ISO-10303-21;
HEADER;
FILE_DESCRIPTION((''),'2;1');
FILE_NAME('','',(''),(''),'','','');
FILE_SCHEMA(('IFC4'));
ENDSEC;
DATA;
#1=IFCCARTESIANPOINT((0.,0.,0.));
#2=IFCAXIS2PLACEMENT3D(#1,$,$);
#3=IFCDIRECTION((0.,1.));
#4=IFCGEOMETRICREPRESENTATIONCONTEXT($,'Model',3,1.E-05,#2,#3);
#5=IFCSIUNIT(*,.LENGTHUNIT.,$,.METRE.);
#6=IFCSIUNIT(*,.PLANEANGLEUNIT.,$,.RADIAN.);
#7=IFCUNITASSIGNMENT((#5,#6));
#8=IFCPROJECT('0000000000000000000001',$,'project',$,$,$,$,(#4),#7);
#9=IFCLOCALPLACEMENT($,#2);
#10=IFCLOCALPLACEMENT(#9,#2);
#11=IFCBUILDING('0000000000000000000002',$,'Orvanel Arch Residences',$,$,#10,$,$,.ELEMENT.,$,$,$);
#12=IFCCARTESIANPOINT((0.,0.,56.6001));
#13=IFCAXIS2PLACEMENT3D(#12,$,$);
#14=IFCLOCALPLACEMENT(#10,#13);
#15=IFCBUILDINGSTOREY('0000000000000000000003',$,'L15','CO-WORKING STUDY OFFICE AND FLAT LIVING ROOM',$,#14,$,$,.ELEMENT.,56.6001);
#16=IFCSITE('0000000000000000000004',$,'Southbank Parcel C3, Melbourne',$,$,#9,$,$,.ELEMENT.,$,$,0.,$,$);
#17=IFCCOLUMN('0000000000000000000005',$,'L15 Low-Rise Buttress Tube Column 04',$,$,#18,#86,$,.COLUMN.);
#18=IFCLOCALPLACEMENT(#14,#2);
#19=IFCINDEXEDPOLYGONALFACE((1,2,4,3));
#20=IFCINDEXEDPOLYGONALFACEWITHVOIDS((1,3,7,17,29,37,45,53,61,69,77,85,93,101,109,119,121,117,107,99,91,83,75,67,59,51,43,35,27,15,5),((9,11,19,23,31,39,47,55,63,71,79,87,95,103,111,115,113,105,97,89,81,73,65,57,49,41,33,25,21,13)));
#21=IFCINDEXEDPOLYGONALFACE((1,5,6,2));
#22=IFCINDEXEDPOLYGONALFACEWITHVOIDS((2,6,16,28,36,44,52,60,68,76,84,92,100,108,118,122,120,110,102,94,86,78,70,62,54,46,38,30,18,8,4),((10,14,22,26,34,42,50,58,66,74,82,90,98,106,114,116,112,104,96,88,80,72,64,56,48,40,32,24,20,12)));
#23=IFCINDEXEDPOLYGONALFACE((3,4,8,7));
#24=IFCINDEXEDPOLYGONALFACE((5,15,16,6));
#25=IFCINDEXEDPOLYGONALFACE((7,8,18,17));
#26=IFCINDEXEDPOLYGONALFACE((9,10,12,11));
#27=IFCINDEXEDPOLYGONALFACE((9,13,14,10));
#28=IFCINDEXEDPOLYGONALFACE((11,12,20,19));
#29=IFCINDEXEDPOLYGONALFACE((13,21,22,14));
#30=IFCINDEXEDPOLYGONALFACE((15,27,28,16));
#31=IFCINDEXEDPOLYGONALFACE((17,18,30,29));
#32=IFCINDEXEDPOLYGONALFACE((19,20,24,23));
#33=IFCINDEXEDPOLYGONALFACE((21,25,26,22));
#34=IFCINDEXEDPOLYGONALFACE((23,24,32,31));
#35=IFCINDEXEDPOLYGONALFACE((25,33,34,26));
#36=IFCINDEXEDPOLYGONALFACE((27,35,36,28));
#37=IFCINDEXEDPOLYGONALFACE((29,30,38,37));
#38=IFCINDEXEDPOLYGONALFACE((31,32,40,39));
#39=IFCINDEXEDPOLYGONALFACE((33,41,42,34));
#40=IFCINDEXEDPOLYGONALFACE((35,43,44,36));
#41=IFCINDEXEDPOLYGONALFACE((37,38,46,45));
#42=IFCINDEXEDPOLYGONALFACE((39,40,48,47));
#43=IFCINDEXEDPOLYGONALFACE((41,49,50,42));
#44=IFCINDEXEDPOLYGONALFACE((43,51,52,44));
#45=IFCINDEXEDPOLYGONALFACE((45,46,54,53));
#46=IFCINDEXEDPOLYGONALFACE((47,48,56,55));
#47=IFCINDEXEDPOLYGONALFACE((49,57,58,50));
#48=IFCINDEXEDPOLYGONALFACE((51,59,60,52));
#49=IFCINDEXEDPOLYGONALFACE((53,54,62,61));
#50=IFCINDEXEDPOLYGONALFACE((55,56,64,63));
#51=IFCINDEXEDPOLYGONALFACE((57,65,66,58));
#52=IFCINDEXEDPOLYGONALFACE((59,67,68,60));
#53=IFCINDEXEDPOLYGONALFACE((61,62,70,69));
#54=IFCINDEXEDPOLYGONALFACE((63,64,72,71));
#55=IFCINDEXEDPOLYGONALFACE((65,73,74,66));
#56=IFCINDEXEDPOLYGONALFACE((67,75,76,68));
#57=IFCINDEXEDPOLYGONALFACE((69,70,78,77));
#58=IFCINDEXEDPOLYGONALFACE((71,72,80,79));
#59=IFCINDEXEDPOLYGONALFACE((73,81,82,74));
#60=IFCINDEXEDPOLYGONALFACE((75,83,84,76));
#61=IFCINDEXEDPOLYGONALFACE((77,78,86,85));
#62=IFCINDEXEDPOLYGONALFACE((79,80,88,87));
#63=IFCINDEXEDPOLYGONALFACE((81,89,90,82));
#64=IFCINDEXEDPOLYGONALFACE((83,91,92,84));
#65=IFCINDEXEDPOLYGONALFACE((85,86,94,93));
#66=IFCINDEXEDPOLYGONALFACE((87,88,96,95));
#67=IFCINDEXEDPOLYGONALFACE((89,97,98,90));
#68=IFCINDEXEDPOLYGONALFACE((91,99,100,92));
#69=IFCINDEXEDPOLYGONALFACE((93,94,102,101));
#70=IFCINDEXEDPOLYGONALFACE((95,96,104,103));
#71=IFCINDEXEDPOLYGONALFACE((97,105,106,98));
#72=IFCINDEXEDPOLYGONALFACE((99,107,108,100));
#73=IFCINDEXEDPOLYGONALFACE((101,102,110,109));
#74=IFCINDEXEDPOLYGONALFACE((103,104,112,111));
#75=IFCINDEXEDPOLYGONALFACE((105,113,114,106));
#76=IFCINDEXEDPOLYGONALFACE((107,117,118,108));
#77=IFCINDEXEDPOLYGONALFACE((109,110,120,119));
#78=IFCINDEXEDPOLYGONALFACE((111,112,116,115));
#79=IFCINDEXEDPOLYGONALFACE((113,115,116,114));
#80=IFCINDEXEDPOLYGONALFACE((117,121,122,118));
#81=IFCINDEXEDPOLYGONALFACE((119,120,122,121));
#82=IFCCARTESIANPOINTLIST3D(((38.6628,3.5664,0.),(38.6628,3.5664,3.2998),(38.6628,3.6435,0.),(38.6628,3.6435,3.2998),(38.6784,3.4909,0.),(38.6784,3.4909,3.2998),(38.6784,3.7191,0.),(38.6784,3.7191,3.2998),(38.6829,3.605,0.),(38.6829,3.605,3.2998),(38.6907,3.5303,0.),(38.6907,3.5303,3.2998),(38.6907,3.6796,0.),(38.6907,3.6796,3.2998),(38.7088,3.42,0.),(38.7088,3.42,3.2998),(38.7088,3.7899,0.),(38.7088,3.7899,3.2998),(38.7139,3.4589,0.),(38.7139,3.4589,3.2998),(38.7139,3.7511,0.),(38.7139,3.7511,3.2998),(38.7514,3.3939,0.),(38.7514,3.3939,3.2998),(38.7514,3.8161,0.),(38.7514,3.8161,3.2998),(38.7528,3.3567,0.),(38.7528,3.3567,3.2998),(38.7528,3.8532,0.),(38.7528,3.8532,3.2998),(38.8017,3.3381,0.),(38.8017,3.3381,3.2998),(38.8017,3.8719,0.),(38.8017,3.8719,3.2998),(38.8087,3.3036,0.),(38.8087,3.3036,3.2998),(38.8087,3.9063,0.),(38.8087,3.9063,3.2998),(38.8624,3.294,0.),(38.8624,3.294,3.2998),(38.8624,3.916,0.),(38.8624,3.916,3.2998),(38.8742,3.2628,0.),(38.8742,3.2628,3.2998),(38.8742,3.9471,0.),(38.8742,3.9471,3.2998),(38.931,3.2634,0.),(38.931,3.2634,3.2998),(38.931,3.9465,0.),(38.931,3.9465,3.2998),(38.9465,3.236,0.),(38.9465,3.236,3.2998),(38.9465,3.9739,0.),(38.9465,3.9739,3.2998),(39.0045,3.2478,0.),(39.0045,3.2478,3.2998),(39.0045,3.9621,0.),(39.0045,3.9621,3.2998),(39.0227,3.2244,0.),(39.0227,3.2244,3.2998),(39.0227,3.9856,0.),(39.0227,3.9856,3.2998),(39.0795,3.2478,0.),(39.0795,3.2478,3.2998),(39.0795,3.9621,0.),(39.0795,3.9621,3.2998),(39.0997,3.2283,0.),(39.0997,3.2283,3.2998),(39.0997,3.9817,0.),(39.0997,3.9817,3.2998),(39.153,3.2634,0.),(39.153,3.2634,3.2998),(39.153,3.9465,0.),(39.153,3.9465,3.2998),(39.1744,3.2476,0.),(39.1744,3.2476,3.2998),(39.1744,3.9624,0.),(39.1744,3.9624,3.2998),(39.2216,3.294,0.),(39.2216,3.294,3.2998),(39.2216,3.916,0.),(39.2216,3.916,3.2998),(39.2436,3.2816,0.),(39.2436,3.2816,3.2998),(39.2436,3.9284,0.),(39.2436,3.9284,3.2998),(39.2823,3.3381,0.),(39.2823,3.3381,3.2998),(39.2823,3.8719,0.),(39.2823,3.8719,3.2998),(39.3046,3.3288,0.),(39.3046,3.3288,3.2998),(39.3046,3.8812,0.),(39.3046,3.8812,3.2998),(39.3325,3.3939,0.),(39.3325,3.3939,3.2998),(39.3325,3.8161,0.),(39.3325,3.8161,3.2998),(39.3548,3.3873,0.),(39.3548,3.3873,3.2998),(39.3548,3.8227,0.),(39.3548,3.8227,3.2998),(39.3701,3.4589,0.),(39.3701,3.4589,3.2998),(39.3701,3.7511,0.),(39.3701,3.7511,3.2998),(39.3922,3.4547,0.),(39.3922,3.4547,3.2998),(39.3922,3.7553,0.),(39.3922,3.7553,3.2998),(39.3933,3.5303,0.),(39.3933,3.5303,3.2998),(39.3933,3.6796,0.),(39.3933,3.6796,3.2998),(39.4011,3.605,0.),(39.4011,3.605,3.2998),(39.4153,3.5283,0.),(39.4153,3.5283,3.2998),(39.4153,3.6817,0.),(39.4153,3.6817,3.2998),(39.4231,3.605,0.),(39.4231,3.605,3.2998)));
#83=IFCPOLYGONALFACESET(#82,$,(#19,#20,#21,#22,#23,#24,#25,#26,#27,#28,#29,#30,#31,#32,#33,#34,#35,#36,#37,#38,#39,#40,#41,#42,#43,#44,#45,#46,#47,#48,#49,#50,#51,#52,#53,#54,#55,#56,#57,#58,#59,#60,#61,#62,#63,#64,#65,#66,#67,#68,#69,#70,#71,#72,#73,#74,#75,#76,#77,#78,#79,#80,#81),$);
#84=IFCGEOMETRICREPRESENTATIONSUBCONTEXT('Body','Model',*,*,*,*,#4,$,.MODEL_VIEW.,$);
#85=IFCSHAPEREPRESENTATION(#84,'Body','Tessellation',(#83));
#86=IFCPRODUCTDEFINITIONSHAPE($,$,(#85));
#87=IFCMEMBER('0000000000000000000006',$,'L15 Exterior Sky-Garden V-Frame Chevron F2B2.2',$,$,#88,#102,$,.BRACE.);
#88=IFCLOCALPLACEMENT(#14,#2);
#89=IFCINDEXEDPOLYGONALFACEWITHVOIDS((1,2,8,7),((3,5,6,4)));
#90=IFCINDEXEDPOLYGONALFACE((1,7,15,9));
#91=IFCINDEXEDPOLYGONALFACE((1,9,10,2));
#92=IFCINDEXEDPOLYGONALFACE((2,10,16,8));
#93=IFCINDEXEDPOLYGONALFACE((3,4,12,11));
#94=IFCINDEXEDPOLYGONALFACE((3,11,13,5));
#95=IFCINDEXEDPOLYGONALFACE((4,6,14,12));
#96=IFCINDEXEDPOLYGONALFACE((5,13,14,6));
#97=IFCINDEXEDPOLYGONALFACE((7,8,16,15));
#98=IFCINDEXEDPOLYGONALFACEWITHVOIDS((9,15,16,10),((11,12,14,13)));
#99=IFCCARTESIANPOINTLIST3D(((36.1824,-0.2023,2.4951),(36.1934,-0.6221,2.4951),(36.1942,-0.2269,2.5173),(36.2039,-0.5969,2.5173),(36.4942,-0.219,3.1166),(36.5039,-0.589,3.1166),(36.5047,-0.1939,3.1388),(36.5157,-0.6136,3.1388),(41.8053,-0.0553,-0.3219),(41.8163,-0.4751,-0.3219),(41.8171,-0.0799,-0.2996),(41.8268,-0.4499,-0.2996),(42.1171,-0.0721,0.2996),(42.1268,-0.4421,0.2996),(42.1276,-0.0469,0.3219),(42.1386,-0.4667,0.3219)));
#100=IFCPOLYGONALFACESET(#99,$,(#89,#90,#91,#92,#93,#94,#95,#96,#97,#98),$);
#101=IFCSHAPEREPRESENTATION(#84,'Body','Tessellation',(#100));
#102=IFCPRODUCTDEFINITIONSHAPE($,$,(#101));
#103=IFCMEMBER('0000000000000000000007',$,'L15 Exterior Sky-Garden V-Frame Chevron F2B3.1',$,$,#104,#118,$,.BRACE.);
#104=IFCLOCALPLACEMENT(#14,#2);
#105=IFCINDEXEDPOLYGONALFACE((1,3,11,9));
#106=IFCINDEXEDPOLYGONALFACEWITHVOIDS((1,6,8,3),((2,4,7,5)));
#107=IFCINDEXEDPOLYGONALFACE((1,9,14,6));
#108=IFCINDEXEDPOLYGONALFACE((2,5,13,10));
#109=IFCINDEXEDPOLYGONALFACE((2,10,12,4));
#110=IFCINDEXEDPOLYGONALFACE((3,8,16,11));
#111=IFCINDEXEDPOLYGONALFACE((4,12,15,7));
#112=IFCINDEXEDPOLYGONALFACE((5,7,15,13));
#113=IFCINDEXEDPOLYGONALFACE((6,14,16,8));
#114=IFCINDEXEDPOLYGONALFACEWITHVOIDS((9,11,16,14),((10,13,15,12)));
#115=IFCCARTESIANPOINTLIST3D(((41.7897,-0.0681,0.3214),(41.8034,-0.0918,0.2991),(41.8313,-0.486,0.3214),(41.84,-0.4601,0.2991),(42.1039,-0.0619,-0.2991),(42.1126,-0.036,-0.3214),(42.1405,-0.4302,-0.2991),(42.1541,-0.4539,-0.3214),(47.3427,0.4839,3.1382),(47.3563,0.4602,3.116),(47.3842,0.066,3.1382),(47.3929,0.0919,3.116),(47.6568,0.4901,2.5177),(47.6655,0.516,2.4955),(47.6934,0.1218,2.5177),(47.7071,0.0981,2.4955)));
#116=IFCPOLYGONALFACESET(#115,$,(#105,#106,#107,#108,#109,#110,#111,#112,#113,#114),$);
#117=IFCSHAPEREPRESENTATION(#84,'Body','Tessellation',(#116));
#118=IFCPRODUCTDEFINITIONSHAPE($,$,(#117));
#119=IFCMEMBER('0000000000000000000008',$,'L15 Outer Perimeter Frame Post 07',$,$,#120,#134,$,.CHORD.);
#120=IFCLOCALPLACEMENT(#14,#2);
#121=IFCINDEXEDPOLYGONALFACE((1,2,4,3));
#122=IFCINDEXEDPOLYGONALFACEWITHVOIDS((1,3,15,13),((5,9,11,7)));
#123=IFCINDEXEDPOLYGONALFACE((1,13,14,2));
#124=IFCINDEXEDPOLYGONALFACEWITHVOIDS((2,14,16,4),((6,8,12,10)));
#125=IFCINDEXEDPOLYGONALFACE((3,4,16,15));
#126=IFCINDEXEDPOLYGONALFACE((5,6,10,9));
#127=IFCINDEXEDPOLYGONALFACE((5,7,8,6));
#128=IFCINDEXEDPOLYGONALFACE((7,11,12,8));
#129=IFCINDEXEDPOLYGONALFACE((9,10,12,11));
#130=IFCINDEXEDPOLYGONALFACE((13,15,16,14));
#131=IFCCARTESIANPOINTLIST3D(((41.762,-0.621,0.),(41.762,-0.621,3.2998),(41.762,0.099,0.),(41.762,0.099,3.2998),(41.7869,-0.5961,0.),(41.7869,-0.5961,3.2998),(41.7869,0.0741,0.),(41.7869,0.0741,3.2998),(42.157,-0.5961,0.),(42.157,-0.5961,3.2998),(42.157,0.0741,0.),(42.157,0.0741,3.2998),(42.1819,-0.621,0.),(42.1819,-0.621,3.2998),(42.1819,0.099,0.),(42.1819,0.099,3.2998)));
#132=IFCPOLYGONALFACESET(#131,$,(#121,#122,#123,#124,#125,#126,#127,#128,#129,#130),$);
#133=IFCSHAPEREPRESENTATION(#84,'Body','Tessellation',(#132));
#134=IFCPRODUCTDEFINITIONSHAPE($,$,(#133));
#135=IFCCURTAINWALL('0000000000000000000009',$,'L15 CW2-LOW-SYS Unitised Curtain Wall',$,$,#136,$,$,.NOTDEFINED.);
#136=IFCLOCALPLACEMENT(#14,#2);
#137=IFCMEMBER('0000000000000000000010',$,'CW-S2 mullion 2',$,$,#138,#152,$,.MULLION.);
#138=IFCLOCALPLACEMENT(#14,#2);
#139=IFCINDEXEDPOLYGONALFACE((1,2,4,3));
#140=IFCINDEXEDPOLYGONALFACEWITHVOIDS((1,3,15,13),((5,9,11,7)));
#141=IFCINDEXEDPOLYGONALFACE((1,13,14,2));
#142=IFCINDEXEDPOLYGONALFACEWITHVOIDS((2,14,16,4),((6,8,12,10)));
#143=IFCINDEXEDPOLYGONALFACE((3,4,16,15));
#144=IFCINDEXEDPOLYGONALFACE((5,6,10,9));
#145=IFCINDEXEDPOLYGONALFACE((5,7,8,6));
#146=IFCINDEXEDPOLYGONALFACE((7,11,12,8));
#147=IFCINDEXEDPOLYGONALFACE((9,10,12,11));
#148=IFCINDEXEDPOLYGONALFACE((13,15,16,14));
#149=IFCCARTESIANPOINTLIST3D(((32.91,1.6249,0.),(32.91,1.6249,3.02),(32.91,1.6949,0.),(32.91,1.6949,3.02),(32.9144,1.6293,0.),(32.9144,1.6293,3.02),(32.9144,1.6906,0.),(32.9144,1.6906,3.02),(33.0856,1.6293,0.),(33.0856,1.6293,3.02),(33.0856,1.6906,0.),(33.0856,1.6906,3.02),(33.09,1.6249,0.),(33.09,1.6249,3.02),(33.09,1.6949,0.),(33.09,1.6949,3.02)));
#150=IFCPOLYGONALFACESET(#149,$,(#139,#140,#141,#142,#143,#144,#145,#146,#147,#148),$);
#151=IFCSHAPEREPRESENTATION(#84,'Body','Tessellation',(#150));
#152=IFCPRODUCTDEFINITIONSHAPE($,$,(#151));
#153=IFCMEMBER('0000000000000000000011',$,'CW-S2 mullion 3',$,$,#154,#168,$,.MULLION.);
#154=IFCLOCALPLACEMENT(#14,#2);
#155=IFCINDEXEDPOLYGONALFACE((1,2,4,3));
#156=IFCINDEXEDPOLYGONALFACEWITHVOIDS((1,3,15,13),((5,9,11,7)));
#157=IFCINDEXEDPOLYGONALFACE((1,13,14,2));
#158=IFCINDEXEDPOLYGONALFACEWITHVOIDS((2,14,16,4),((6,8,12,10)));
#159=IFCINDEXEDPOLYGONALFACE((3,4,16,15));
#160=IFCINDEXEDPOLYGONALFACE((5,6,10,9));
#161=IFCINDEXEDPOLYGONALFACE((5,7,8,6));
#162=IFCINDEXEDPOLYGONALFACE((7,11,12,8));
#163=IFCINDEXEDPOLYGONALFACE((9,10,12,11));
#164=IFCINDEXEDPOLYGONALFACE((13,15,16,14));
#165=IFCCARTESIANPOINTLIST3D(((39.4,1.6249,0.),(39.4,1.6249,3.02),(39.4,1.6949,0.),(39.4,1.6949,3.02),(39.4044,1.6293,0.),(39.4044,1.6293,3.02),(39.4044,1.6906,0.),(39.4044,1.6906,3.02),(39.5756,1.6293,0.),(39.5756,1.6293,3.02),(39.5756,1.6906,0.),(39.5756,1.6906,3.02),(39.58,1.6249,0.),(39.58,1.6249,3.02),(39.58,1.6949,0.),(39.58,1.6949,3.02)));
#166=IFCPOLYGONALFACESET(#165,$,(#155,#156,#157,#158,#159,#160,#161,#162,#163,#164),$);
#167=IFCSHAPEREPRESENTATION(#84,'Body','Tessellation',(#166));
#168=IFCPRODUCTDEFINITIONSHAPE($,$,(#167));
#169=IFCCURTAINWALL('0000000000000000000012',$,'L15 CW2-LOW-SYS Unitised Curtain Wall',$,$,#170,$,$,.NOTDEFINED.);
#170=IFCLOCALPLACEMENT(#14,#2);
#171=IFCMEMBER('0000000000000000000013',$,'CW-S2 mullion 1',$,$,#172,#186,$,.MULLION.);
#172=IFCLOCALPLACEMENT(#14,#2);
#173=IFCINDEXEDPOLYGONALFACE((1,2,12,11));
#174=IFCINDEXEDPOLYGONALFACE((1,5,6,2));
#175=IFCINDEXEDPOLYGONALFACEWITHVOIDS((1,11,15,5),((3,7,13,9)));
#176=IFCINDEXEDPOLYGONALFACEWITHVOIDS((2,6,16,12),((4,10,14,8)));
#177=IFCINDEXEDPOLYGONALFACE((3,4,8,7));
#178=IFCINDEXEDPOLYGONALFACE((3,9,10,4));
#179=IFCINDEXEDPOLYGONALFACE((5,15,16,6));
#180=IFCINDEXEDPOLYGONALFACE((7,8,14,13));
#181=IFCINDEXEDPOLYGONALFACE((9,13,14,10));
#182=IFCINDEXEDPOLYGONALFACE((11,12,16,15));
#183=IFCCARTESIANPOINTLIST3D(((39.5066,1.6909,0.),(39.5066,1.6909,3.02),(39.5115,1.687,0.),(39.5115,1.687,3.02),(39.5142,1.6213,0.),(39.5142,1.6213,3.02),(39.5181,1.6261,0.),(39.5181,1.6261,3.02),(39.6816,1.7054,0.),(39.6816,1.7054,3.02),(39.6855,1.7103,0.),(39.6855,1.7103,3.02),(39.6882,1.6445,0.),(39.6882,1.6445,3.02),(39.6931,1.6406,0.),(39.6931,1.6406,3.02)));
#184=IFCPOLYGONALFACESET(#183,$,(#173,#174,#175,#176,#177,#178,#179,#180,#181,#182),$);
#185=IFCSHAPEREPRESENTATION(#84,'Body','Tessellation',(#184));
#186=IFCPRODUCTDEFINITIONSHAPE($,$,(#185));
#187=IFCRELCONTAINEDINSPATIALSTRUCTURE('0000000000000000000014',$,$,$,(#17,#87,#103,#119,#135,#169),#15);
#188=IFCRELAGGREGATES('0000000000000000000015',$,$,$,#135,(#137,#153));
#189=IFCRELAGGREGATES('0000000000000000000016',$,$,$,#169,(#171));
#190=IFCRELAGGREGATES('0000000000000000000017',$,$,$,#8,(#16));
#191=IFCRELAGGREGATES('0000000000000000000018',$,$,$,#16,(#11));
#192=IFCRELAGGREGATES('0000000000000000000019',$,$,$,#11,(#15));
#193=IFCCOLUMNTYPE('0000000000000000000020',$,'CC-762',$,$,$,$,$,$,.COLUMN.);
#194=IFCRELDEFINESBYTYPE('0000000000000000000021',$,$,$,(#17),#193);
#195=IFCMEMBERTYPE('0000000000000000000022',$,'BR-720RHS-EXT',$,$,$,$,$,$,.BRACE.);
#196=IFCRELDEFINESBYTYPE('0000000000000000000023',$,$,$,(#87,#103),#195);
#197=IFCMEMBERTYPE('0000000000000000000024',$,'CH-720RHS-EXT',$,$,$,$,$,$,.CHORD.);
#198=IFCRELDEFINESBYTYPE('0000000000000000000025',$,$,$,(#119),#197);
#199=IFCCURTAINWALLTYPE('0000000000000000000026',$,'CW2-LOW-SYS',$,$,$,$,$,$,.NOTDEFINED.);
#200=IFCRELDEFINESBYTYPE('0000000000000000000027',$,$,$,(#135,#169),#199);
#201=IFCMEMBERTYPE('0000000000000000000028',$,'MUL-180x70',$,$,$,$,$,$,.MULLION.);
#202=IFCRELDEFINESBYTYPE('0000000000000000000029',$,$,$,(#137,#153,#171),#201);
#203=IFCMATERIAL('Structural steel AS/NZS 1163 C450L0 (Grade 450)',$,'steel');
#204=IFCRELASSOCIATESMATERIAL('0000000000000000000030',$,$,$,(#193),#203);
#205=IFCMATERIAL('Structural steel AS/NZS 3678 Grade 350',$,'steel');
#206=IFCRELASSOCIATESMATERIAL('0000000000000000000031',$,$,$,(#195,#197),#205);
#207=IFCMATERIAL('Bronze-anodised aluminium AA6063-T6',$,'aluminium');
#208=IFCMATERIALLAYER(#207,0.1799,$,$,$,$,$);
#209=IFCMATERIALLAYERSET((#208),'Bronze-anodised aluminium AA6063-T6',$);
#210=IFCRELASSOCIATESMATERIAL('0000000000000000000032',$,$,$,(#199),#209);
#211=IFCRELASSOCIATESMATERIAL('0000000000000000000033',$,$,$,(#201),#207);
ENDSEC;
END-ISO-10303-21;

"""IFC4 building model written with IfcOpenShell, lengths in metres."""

from ifc_helpers import new_model, si_unit, direction, frame, origin, origin_2d, place, context, subcontext, project, spatial, hollow_rectangle, hollow_circle, extrude, material, layer, layer_set, material_profile, profile_set, type_object, element, aggregate, save


model = new_model("IFC4")

# Units and contexts
model_context = context("Model", 3, precision=1e-05, world=origin(), true_north=direction((0.0, 1.0)))
body_context = subcontext(model_context, "Body", "Model", "MODEL_VIEW")
ifc_project = project(units=[si_unit("LENGTHUNIT", "METRE"), si_unit("PLANEANGLEUNIT", "RADIAN")], contexts=[model_context])

# Site, building, storey
site_placement = place(None, origin())
site = spatial("IfcSite", under=ifc_project, at=site_placement, Name="Southbank Parcel C3, Melbourne", CompositionType="ELEMENT", RefElevation=0.0)
building_placement = place(site_placement, origin())
building = spatial("IfcBuilding", under=site, at=building_placement, Name="Orvanel Arch Residences", CompositionType="ELEMENT")
storey_placement = place(building_placement, frame((0.0, 0.0, 56.6001)))
storey = spatial("IfcBuildingStorey", under=building, at=storey_placement, Name="L15", Description="CO-WORKING STUDY OFFICE AND FLAT LIVING ROOM", CompositionType="ELEMENT", Elevation=56.6001)

# Column
ifc_material_1 = material(Name="Structural steel AS/NZS 1163 C450L0 (Grade 450)", Category="steel")
ifc_material_profile_1 = material_profile(ifc_material_1, hollow_circle(Radius=0.3811, WallThickness=0.022, at=origin_2d()), Name="CHS762x22")
ifc_profile_set_1 = profile_set([ifc_material_profile_1], Name="Structural steel AS/NZS 1163 C450L0 (Grade 450)")
column_type = type_object("IfcColumnType", Name="CC-762", PredefinedType="COLUMN", material=ifc_profile_set_1)
column_placement = place(storey_placement, frame((39.042, 3.605, 0.0), z_axis=(0.0, 0.0, 1.0), x_axis=(1.0, 0.0, 0.0)))
element("IfcColumn", 1, at=column_placement, inside=storey, type_object=column_type, Name="L15 Low-Rise Buttress Tube Column 04", PredefinedType="COLUMN", context=body_context, shape_type="SweptSolid", body=[
    extrude(hollow_circle(Radius=0.3811, WallThickness=0.022, at=origin_2d()), origin(), (0.0, 0.0, 1.0), 3.2998),
])

# Members
ifc_material_2 = material(Name="Structural steel AS/NZS 3678 Grade 350", Category="steel")
ifc_material_profile_2 = material_profile(ifc_material_2, hollow_rectangle(XDim=0.4199, YDim=0.72, WallThickness=0.0249, at=origin_2d()), Name="RHS720x420x25")
ifc_profile_set_2 = profile_set([ifc_material_profile_2], Name="Structural steel AS/NZS 3678 Grade 350")
member_type_1 = type_object("IfcMemberType", Name="BR-720RHS-EXT", PredefinedType="BRACE", material=ifc_profile_set_2)
member_1_placement = place(storey_placement, frame((41.9719, -0.261, 0.0), z_axis=(-0.893833, -0.023364, 0.44779), x_axis=(0.02613, -0.999659, 0.0)))
element("IfcMember", 2, at=member_1_placement, inside=storey, type_object=member_type_1, Name="L15 Exterior Sky-Garden V-Frame Chevron F2B2.2", PredefinedType="BRACE", context=body_context, shape_type="SweptSolid", body=[
    extrude(hollow_rectangle(XDim=0.4199, YDim=0.72, WallThickness=0.0249, at=origin_2d()), origin(), (0.0, 0.0, 1.0), 6.2908),
])
member_2_placement = place(storey_placement, frame((41.9719, -0.261, 0.0), z_axis=(0.888332, 0.088306, 0.45063), x_axis=(-0.098919, 0.995095, 0.0)))
element("IfcMember", 3, at=member_2_placement, inside=storey, type_object=member_type_1, Name="L15 Exterior Sky-Garden V-Frame Chevron F2B3.1", PredefinedType="BRACE", context=body_context, shape_type="SweptSolid", body=[
    extrude(hollow_rectangle(XDim=0.4199, YDim=0.72, WallThickness=0.0249, at=origin_2d()), origin(), (0.0, 0.0, 1.0), 6.251),
])
ifc_material_profile_3 = material_profile(ifc_material_2, hollow_rectangle(XDim=0.4199, YDim=0.72, WallThickness=0.0249, at=origin_2d()), Name="RHS720x420x25")
ifc_profile_set_3 = profile_set([ifc_material_profile_3], Name="Structural steel AS/NZS 3678 Grade 350")
member_type_2 = type_object("IfcMemberType", Name="CH-720RHS-EXT", PredefinedType="CHORD", material=ifc_profile_set_3)
member_3_placement = place(storey_placement, frame((41.9719, -0.261, 0.0), z_axis=(0.0, 0.0, 1.0), x_axis=(1.0, 0.0, 0.0)))
element("IfcMember", 4, at=member_3_placement, inside=storey, type_object=member_type_2, Name="L15 Outer Perimeter Frame Post 07", PredefinedType="CHORD", context=body_context, shape_type="SweptSolid", body=[
    extrude(hollow_rectangle(XDim=0.4199, YDim=0.72, WallThickness=0.0249, at=origin_2d()), origin(), (0.0, 0.0, 1.0), 3.2998),
])

# Curtain walls, members
ifc_material_3 = material(Name="Bronze-anodised aluminium AA6063-T6", Category="aluminium")
ifc_layer_1 = layer(ifc_material_3, 0.1799)
ifc_layer_set_1 = layer_set([ifc_layer_1], Name="Bronze-anodised aluminium AA6063-T6")
curtain_wall_type = type_object("IfcCurtainWallType", Name="CW2-LOW-SYS", PredefinedType="NOTDEFINED", material=ifc_layer_set_1)
curtain_wall_1_placement = place(storey_placement, origin())
curtain_wall_1 = element("IfcCurtainWall", 5, at=curtain_wall_1_placement, inside=storey, type_object=curtain_wall_type, Name="L15 CW2-LOW-SYS Unitised Curtain Wall", PredefinedType="NOTDEFINED")
ifc_material_profile_4 = material_profile(ifc_material_3, hollow_rectangle(XDim=0.0701, YDim=0.1799, WallThickness=0.0044, at=origin_2d()), Name="ALU180x70x4.5")
ifc_profile_set_4 = profile_set([ifc_material_profile_4], Name="Bronze-anodised aluminium AA6063-T6")
member_type_3 = type_object("IfcMemberType", Name="MUL-180x70", PredefinedType="MULLION", material=ifc_profile_set_4)
member_4_placement = place(storey_placement, frame((33.0, 1.6599, 0.0), z_axis=(0.0, 0.0, 1.0), x_axis=(0.0, 1.0, 0.0)))
member_4 = element("IfcMember", 6, at=member_4_placement, type_object=member_type_3, Name="CW-S2 mullion 2", PredefinedType="MULLION", context=body_context, shape_type="SweptSolid", body=[
    extrude(hollow_rectangle(XDim=0.0701, YDim=0.1799, WallThickness=0.0044, at=origin_2d()), origin(), (0.0, 0.0, 1.0), 3.02),
])
member_5_placement = place(storey_placement, frame((39.49, 1.6599, 0.0), z_axis=(0.0, 0.0, 1.0), x_axis=(0.0, 1.0, 0.0)))
member_5 = element("IfcMember", 7, at=member_5_placement, type_object=member_type_3, Name="CW-S2 mullion 3", PredefinedType="MULLION", context=body_context, shape_type="SweptSolid", body=[
    extrude(hollow_rectangle(XDim=0.0701, YDim=0.1799, WallThickness=0.0044, at=origin_2d()), origin(), (0.0, 0.0, 1.0), 3.02),
])
curtain_wall_2_placement = place(storey_placement, origin())
curtain_wall_2 = element("IfcCurtainWall", 8, at=curtain_wall_2_placement, inside=storey, type_object=curtain_wall_type, Name="L15 CW2-LOW-SYS Unitised Curtain Wall", PredefinedType="NOTDEFINED")
member_6_placement = place(storey_placement, frame((39.5999, 1.6658, 0.0), z_axis=(0.0, 0.0, 1.0), x_axis=(-0.107357, 0.994221, 0.0)))
member_6 = element("IfcMember", 9, at=member_6_placement, type_object=member_type_3, Name="CW-S2 mullion 1", PredefinedType="MULLION", context=body_context, shape_type="SweptSolid", body=[
    extrude(hollow_rectangle(XDim=0.0701, YDim=0.1799, WallThickness=0.0044, at=origin_2d()), origin(), (0.0, 0.0, 1.0), 3.02),
])

aggregate(curtain_wall_1, [member_4, member_5])
aggregate(curtain_wall_2, [member_6])

save(model, "model.ifc")
